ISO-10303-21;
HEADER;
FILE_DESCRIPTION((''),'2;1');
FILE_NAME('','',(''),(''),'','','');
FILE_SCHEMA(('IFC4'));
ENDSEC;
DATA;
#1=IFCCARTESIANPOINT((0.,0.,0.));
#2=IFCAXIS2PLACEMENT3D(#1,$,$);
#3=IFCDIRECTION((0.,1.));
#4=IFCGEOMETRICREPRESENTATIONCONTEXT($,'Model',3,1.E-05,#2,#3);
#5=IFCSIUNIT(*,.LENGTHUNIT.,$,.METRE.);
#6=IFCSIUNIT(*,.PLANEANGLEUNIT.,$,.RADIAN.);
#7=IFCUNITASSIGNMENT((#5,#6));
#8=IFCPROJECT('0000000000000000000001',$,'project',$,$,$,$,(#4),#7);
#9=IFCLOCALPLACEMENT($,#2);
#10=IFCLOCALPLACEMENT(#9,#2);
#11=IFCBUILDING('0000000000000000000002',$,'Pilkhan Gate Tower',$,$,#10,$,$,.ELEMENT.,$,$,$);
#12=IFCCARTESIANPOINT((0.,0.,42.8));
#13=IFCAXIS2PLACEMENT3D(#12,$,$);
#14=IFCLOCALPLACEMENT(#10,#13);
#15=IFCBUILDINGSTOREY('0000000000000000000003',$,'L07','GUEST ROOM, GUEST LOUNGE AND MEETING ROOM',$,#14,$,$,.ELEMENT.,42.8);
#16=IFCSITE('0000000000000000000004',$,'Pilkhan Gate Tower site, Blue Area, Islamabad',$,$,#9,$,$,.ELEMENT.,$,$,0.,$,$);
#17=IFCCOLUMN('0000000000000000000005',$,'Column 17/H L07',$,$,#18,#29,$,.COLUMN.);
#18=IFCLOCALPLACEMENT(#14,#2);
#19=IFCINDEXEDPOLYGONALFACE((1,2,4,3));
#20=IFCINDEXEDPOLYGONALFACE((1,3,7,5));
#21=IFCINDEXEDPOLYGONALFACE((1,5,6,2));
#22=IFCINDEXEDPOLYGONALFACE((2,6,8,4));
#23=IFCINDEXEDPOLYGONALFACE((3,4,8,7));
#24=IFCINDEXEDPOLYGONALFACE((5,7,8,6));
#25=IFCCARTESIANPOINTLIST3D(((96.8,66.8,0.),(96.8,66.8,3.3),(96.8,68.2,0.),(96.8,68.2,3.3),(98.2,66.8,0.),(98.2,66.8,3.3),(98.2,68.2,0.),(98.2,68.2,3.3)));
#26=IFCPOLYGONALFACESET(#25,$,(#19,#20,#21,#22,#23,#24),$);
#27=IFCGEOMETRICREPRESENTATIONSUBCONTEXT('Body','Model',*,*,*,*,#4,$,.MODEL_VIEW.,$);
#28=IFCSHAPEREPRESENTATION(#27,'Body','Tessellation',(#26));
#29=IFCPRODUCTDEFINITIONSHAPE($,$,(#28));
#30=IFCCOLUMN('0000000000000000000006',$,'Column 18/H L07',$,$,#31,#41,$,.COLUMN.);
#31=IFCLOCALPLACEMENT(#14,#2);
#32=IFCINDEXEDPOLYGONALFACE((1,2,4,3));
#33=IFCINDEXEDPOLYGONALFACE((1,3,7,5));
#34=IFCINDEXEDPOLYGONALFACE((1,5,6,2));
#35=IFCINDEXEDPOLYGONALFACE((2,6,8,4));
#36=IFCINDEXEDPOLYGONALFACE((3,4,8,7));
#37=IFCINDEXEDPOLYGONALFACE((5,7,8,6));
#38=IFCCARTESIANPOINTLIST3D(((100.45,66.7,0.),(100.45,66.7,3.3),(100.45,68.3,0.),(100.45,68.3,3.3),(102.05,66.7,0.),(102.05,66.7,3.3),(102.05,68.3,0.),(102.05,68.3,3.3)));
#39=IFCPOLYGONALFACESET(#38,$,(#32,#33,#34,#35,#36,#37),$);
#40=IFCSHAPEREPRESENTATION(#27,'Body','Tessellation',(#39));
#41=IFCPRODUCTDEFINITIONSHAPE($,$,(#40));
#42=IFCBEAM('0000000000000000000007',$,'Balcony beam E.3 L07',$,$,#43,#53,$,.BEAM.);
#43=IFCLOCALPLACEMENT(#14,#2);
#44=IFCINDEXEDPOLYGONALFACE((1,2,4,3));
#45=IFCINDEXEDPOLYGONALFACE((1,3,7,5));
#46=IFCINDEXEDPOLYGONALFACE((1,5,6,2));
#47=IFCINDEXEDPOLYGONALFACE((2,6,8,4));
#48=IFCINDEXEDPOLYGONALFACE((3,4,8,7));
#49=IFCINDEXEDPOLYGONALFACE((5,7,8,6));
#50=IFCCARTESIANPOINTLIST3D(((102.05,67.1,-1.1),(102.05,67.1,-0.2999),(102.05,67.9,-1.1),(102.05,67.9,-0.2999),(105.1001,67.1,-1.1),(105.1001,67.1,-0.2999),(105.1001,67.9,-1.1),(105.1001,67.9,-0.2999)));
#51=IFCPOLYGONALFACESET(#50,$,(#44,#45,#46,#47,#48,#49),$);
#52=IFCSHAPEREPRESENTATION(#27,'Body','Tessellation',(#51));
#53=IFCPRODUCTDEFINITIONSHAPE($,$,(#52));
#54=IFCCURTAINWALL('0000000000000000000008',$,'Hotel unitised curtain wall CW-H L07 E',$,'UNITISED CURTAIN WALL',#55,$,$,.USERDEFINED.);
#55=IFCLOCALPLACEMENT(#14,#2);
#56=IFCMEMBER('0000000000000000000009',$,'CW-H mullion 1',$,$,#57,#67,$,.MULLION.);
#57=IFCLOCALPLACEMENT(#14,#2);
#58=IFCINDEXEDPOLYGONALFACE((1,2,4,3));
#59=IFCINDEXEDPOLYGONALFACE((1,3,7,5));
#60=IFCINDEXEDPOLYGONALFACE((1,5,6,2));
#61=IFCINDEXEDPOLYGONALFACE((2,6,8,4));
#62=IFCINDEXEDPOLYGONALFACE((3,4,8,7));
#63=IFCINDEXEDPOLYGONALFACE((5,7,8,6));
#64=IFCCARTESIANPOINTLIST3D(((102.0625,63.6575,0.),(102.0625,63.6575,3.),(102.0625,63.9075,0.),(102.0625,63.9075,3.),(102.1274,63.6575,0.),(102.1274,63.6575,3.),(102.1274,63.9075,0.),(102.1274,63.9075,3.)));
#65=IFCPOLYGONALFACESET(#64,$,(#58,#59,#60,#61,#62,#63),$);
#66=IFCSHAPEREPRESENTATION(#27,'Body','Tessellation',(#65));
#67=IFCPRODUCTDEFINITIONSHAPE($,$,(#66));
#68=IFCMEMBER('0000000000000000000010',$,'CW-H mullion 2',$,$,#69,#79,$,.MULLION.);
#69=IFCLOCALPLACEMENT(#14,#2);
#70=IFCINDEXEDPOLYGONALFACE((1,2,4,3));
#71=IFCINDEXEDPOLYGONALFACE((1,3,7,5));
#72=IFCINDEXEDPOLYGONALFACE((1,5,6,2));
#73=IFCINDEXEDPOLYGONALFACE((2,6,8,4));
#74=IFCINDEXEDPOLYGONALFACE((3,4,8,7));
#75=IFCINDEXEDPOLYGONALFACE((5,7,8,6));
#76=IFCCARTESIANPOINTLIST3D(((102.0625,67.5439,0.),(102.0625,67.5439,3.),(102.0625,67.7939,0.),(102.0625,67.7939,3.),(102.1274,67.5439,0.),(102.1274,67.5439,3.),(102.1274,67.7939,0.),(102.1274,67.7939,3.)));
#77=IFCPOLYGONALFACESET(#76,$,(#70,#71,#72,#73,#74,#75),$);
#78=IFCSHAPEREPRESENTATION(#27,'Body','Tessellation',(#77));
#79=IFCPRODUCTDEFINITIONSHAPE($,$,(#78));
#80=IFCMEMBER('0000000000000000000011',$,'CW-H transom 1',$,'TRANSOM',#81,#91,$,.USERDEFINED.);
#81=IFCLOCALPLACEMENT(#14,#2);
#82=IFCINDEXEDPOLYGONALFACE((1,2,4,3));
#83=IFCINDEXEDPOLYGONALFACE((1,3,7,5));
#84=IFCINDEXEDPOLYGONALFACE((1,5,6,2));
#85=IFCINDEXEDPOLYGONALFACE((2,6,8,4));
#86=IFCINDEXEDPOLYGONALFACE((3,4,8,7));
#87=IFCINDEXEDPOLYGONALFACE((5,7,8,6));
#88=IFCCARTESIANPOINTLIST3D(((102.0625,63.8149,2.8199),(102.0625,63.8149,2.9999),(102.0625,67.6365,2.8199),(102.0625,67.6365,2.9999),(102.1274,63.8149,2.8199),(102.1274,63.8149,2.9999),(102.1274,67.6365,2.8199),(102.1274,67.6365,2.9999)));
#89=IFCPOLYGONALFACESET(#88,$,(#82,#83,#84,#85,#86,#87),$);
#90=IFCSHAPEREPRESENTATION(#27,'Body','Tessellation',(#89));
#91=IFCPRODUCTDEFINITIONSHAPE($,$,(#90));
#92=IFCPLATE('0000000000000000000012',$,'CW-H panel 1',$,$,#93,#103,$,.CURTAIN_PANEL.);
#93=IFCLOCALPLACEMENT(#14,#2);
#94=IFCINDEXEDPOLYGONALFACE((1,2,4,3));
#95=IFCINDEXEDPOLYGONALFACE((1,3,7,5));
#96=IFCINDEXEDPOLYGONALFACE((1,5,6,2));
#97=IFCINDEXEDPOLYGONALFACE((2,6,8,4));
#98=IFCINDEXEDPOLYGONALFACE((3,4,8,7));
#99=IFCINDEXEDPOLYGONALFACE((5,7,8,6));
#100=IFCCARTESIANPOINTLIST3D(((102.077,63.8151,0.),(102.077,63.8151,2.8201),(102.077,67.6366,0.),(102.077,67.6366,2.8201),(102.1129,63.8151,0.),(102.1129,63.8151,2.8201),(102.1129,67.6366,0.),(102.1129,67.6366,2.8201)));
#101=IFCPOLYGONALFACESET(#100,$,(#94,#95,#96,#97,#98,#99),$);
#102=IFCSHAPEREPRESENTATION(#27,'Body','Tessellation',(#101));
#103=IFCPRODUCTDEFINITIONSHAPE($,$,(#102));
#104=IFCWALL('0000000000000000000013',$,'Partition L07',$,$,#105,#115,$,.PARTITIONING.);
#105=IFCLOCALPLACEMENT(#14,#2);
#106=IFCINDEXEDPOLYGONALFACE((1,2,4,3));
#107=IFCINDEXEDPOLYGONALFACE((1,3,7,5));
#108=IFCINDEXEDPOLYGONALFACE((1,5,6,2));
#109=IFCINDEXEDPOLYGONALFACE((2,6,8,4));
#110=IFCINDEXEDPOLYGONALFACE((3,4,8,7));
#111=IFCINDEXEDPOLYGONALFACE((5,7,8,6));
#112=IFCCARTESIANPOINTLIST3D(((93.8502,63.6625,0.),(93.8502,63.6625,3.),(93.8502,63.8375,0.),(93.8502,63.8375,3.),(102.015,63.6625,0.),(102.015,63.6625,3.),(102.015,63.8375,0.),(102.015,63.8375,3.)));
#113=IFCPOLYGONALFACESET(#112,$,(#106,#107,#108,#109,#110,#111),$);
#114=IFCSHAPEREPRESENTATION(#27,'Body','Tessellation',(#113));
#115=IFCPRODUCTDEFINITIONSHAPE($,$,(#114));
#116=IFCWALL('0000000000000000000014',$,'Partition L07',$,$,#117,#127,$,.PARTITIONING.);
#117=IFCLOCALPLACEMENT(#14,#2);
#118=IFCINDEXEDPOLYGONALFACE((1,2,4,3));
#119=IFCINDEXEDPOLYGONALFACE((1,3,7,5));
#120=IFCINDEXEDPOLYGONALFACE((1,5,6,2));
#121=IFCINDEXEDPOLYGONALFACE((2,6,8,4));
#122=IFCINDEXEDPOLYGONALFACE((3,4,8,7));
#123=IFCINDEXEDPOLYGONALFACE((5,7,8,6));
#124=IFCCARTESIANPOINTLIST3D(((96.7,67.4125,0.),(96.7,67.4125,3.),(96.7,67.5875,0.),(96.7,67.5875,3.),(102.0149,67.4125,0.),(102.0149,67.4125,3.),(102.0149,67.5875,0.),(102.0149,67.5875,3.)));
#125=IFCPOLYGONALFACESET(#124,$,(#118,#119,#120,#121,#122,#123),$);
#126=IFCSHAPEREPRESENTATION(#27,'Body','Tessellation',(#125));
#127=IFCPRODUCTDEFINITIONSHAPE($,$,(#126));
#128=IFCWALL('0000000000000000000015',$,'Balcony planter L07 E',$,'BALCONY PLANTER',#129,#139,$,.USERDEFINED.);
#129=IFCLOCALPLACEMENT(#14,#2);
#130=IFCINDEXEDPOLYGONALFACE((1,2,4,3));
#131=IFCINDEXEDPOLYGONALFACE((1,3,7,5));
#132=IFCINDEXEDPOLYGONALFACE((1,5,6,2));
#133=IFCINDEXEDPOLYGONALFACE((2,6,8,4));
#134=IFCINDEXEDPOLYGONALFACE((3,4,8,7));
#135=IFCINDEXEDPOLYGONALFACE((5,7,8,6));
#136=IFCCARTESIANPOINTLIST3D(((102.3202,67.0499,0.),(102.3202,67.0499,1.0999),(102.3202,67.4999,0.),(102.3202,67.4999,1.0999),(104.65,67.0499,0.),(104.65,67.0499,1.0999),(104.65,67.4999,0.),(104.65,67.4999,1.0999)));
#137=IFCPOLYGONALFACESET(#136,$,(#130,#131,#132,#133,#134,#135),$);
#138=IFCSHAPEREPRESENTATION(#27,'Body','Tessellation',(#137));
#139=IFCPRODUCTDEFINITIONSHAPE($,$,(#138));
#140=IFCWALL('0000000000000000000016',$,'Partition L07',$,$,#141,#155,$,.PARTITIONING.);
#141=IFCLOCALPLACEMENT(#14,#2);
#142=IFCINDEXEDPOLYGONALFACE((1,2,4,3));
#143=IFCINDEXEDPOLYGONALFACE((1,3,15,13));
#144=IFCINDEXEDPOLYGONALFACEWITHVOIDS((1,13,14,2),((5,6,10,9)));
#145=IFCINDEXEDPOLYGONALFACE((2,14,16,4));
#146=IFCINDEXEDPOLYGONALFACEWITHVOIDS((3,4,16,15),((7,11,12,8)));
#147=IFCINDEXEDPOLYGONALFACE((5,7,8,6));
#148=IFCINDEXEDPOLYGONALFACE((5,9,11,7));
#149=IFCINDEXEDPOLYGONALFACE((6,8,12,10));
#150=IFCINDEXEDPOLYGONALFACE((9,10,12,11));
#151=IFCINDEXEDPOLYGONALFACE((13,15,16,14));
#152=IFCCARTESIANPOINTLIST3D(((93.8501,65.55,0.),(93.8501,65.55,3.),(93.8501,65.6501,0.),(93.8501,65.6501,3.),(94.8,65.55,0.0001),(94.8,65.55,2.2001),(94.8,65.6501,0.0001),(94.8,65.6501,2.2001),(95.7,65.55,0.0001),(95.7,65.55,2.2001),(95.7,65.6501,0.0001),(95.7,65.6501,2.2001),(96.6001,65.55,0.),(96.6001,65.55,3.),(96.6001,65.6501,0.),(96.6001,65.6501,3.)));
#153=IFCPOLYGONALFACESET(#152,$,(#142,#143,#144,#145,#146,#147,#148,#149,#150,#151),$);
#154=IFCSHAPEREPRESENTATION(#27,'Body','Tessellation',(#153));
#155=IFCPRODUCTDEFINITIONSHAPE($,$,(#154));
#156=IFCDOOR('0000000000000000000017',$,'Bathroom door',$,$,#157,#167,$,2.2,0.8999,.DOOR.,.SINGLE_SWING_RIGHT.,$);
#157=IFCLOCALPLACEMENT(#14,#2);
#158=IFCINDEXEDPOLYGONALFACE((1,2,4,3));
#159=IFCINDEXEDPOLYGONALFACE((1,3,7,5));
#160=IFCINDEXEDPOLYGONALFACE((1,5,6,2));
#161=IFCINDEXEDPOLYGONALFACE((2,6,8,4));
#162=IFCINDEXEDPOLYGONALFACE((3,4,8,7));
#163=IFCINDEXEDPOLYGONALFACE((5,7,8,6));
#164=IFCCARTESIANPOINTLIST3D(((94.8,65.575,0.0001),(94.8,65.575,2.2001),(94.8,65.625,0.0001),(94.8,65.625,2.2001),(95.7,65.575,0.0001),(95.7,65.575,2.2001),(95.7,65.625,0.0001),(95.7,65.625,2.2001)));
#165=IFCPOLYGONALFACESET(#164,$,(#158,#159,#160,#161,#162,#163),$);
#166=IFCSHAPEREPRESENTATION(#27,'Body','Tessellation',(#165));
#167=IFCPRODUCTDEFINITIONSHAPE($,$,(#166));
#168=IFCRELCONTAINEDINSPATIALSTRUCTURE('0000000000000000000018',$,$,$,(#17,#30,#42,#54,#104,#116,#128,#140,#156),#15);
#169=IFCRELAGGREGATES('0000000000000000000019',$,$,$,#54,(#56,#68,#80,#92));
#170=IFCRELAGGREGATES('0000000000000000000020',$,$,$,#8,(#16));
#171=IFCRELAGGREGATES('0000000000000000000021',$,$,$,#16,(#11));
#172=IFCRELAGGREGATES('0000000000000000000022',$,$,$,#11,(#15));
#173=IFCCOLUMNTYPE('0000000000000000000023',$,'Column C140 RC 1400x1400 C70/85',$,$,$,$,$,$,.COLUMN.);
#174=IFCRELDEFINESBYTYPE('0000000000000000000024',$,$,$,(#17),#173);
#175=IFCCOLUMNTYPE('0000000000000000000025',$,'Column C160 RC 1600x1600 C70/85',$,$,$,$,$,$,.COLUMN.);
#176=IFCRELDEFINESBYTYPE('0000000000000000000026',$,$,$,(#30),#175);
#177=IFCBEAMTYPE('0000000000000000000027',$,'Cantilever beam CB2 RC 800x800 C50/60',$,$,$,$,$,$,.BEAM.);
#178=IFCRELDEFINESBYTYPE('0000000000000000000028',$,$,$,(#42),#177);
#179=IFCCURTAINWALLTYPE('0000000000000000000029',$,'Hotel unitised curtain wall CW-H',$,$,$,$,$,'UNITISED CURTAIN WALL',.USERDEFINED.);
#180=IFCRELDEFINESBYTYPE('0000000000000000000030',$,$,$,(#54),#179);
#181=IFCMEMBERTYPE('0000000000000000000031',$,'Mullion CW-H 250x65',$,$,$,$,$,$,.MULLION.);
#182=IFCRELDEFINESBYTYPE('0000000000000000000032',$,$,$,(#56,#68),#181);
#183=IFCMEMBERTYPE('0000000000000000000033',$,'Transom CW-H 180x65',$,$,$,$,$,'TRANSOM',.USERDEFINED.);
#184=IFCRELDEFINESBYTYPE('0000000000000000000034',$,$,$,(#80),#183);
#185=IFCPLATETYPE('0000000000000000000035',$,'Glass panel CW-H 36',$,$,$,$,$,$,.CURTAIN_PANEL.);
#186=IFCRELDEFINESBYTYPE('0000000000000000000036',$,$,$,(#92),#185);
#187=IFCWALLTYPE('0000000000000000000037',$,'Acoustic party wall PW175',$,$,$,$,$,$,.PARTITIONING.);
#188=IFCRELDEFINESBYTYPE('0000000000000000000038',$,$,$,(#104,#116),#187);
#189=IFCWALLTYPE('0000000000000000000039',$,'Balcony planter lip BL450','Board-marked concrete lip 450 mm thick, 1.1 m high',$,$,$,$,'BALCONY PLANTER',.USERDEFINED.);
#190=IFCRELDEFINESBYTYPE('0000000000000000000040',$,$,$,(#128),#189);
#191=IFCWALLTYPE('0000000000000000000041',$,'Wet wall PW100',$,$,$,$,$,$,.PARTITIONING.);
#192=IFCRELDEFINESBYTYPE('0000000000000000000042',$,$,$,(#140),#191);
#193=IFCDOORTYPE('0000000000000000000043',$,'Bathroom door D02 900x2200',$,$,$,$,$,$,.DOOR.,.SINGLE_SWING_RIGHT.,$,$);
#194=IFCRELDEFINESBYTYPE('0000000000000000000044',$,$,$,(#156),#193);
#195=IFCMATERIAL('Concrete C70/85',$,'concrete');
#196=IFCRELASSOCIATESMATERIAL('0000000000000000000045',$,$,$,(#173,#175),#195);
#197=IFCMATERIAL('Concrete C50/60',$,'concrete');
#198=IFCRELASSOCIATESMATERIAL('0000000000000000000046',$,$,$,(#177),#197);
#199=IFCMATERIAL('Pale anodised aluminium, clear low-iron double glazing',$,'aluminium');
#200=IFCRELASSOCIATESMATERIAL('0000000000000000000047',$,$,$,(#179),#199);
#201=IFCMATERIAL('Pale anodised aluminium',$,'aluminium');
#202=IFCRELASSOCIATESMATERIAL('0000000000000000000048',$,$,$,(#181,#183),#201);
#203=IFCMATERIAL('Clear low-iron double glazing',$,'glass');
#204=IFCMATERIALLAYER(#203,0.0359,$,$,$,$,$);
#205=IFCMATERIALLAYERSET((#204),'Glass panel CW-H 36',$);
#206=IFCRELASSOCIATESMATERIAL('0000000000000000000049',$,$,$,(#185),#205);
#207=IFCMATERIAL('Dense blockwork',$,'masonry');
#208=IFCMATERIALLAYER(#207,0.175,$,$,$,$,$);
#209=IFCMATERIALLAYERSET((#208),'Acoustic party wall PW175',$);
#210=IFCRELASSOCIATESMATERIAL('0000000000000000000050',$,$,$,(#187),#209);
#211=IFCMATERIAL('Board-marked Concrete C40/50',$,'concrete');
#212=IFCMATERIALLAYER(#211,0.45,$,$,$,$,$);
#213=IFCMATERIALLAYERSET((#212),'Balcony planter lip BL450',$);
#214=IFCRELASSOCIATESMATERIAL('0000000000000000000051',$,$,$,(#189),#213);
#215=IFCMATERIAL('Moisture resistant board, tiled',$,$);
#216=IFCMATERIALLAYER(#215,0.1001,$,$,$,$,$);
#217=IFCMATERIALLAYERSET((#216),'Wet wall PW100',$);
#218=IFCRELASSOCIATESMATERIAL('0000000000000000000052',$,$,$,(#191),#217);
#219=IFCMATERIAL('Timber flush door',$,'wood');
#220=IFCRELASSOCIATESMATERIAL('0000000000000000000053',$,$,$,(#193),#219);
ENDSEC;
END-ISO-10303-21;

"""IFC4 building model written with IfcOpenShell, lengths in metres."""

from ifc_helpers import new_model, si_unit, direction, frame, frame_2d, origin, origin_2d, place, context, subcontext, project, spatial, rectangle, extrude, material, layer, layer_set, material_profile, profile_set, type_object, element, fill, aggregate, save


model = new_model("IFC4")

# Units and contexts
model_context = context("Model", 3, precision=1e-05, world=origin(), true_north=direction((0.0, 1.0)))
body_context = subcontext(model_context, "Body", "Model", "MODEL_VIEW")
ifc_project = project(units=[si_unit("LENGTHUNIT", "METRE"), si_unit("PLANEANGLEUNIT", "RADIAN")], contexts=[model_context])

# Site, building, storey
site_placement = place(None, origin())
site = spatial("IfcSite", under=ifc_project, at=site_placement, Name="Pilkhan Gate Tower site, Blue Area, Islamabad", CompositionType="ELEMENT", RefElevation=0.0)
building_placement = place(site_placement, origin())
building = spatial("IfcBuilding", under=site, at=building_placement, Name="Pilkhan Gate Tower", CompositionType="ELEMENT")
storey_placement = place(building_placement, frame((0.0, 0.0, 42.8)))
storey = spatial("IfcBuildingStorey", under=building, at=storey_placement, Name="L07", Description="GUEST ROOM, GUEST LOUNGE AND MEETING ROOM", CompositionType="ELEMENT", Elevation=42.8)

# Columns
ifc_material_1 = material(Name="Concrete C70/85", Category="concrete")
ifc_material_profile_1 = material_profile(ifc_material_1, rectangle(XDim=1.3999, YDim=1.3999, at=origin_2d()), Name="RC 1400x1400")
ifc_profile_set_1 = profile_set([ifc_material_profile_1], Name="Concrete C70/85")
column_type_1 = type_object("IfcColumnType", Name="Column C140 RC 1400x1400 C70/85", PredefinedType="COLUMN", material=ifc_profile_set_1)
column_1_placement = place(storey_placement, frame((97.5, 67.5, 0.0), z_axis=(0.0, 0.0, 1.0), x_axis=(1.0, 0.0, 0.0)))
element("IfcColumn", 1, at=column_1_placement, inside=storey, type_object=column_type_1, Name="Column 17/H L07", PredefinedType="COLUMN", context=body_context, shape_type="SweptSolid", body=[
    extrude(rectangle(XDim=1.3999, YDim=1.3999, at=origin_2d()), origin(), (0.0, 0.0, 1.0), 3.3),
])
ifc_material_profile_2 = material_profile(ifc_material_1, rectangle(XDim=1.6001, YDim=1.6001, at=origin_2d()), Name="RC 1600x1600")
ifc_profile_set_2 = profile_set([ifc_material_profile_2], Name="Concrete C70/85")
column_type_2 = type_object("IfcColumnType", Name="Column C160 RC 1600x1600 C70/85", PredefinedType="COLUMN", material=ifc_profile_set_2)
column_2_placement = place(storey_placement, frame((101.25, 67.5, 0.0), z_axis=(0.0, 0.0, 1.0), x_axis=(1.0, 0.0, 0.0)))
element("IfcColumn", 2, at=column_2_placement, inside=storey, type_object=column_type_2, Name="Column 18/H L07", PredefinedType="COLUMN", context=body_context, shape_type="SweptSolid", body=[
    extrude(rectangle(XDim=1.6001, YDim=1.6001, at=origin_2d()), origin(), (0.0, 0.0, 1.0), 3.3),
])

# Beam
ifc_material_2 = material(Name="Concrete C50/60", Category="concrete")
ifc_material_profile_3 = material_profile(ifc_material_2, rectangle(XDim=0.8, YDim=0.8, at=origin_2d()), Name="RC 800x800")
ifc_profile_set_3 = profile_set([ifc_material_profile_3], Name="Concrete C50/60")
beam_type = type_object("IfcBeamType", Name="Cantilever beam CB2 RC 800x800 C50/60", PredefinedType="BEAM", material=ifc_profile_set_3)
beam_placement = place(storey_placement, frame((102.05, 67.5, -0.7), z_axis=(1.0, 0.0, 0.0), x_axis=(0.0, 1.0, 0.0)))
element("IfcBeam", 3, at=beam_placement, inside=storey, type_object=beam_type, Name="Balcony beam E.3 L07", PredefinedType="BEAM", context=body_context, shape_type="SweptSolid", body=[
    extrude(rectangle(XDim=0.8, YDim=0.8, at=origin_2d()), origin(), (0.0, 0.0, 1.0), 3.05),
])

# Curtain wall, members, plate
ifc_material_3 = material(Name="Pale anodised aluminium, clear low-iron double glazing", Category="aluminium")
curtain_wall_type = type_object("IfcCurtainWallType", Name="Hotel unitised curtain wall CW-H", ElementType="UNITISED CURTAIN WALL", PredefinedType="USERDEFINED", material=ifc_material_3)
curtain_wall_placement = place(storey_placement, origin())
curtain_wall = element("IfcCurtainWall", 4, at=curtain_wall_placement, inside=storey, type_object=curtain_wall_type, Name="Hotel unitised curtain wall CW-H L07 E", ObjectType="UNITISED CURTAIN WALL", PredefinedType="USERDEFINED")
ifc_material_4 = material(Name="Pale anodised aluminium", Category="aluminium")
ifc_material_profile_4 = material_profile(ifc_material_4, rectangle(XDim=0.0649, YDim=0.25, at=origin_2d()), Name="Mullion 250x65")
ifc_profile_set_4 = profile_set([ifc_material_profile_4], Name="Pale anodised aluminium")
member_type_1 = type_object("IfcMemberType", Name="Mullion CW-H 250x65", PredefinedType="MULLION", material=ifc_profile_set_4)
member_1_placement = place(storey_placement, frame((102.095, 63.7825, 0.0), z_axis=(0.0, 0.0, 1.0), x_axis=(-1.0, 0.0, 0.0)))
member_1 = element("IfcMember", 5, at=member_1_placement, type_object=member_type_1, Name="CW-H mullion 1", PredefinedType="MULLION", context=body_context, shape_type="SweptSolid", body=[
    extrude(rectangle(XDim=0.0649, YDim=0.25, at=origin_2d()), origin(), (0.0, 0.0, 1.0), 3.0),
])
member_2_placement = place(storey_placement, frame((102.095, 67.6689, 0.0), z_axis=(0.0, 0.0, 1.0), x_axis=(-1.0, 0.0, 0.0)))
member_2 = element("IfcMember", 6, at=member_2_placement, type_object=member_type_1, Name="CW-H mullion 2", PredefinedType="MULLION", context=body_context, shape_type="SweptSolid", body=[
    extrude(rectangle(XDim=0.0649, YDim=0.25, at=origin_2d()), origin(), (0.0, 0.0, 1.0), 3.0),
])
ifc_material_profile_5 = material_profile(ifc_material_4, rectangle(XDim=0.0649, YDim=0.1799, at=origin_2d()), Name="Transom 180x65")
ifc_profile_set_5 = profile_set([ifc_material_profile_5], Name="Pale anodised aluminium")
member_type_2 = type_object("IfcMemberType", Name="Transom CW-H 180x65", ElementType="TRANSOM", PredefinedType="USERDEFINED", material=ifc_profile_set_5)
member_3_placement = place(storey_placement, frame((102.095, 63.8149, 2.9099), z_axis=(0.0, 1.0, 0.0), x_axis=(-1.0, 0.0, 0.0)))
member_3 = element("IfcMember", 7, at=member_3_placement, type_object=member_type_2, Name="CW-H transom 1", ObjectType="TRANSOM", PredefinedType="USERDEFINED", context=body_context, shape_type="SweptSolid", body=[
    extrude(rectangle(XDim=0.0649, YDim=0.1799, at=origin_2d()), origin(), (0.0, 0.0, 1.0), 3.8215),
])
ifc_material_5 = material(Name="Clear low-iron double glazing", Category="glass")
ifc_layer_1 = layer(ifc_material_5, 0.0359)
ifc_layer_set_1 = layer_set([ifc_layer_1], Name="Glass panel CW-H 36")
plate_type = type_object("IfcPlateType", Name="Glass panel CW-H 36", PredefinedType="CURTAIN_PANEL", material=ifc_layer_set_1)
plate_placement = place(storey_placement, frame((102.095, 65.7258, 0.0), z_axis=(0.0, 0.0, 1.0), x_axis=(0.0, 1.0, 0.0)))
plate = element("IfcPlate", 8, at=plate_placement, type_object=plate_type, Name="CW-H panel 1", PredefinedType="CURTAIN_PANEL", context=body_context, shape_type="SweptSolid", body=[
    extrude(rectangle(XDim=3.8215, YDim=0.0359, at=origin_2d()), origin(), (0.0, 0.0, 1.0), 2.8201),
])
aggregate(curtain_wall, [member_1, member_2, member_3, plate])

# Walls
ifc_material_6 = material(Name="Dense blockwork", Category="masonry")
ifc_layer_2 = layer(ifc_material_6, 0.175)
ifc_layer_set_2 = layer_set([ifc_layer_2], Name="Acoustic party wall PW175")
wall_type_1 = type_object("IfcWallType", Name="Acoustic party wall PW175", PredefinedType="PARTITIONING", material=ifc_layer_set_2)
wall_1_placement = place(storey_placement, frame((93.8501, 63.75, 0.0), z_axis=(0.0, 0.0, 1.0), x_axis=(1.0, 0.0, 0.0)))
element("IfcWall", 9, at=wall_1_placement, inside=storey, type_object=wall_type_1, Name="Partition L07", PredefinedType="PARTITIONING", context=body_context, shape_type="SweptSolid", body=[
    extrude(rectangle(XDim=8.1648, YDim=0.175, at=frame_2d((4.0825, 0.0))), origin(), (0.0, 0.0, 1.0), 3.0),
])
wall_2_placement = place(storey_placement, frame((96.7, 67.5, 0.0), z_axis=(0.0, 0.0, 1.0), x_axis=(1.0, 0.0, 0.0)))
element("IfcWall", 10, at=wall_2_placement, inside=storey, type_object=wall_type_1, Name="Partition L07", PredefinedType="PARTITIONING", context=body_context, shape_type="SweptSolid", body=[
    extrude(rectangle(XDim=5.3149, YDim=0.175, at=frame_2d((2.6575, 0.0))), origin(), (0.0, 0.0, 1.0), 3.0),
])
ifc_material_7 = material(Name="Board-marked Concrete C40/50", Category="concrete")
ifc_layer_3 = layer(ifc_material_7, 0.45)
ifc_layer_set_3 = layer_set([ifc_layer_3], Name="Balcony planter lip BL450")
wall_type_2 = type_object("IfcWallType", Name="Balcony planter lip BL450", Description="Board-marked concrete lip 450 mm thick, 1.1 m high", ElementType="BALCONY PLANTER", PredefinedType="USERDEFINED", material=ifc_layer_set_3)
wall_3_placement = place(storey_placement, frame((102.3201, 67.2749, 0.0), z_axis=(0.0, 0.0, 1.0), x_axis=(1.0, 0.0, 0.0)))
element("IfcWall", 11, at=wall_3_placement, inside=storey, type_object=wall_type_2, Name="Balcony planter L07 E", ObjectType="BALCONY PLANTER", PredefinedType="USERDEFINED", context=body_context, shape_type="SweptSolid", body=[
    extrude(rectangle(XDim=2.3298, YDim=0.45, at=frame_2d((1.165, 0.0))), origin(), (0.0, 0.0, 1.0), 1.0999),
])

# Wall, opening, door
ifc_material_8 = material(Name="Moisture resistant board, tiled")
ifc_layer_4 = layer(ifc_material_8, 0.1001)
ifc_layer_set_4 = layer_set([ifc_layer_4], Name="Wet wall PW100")
wall_type_3 = type_object("IfcWallType", Name="Wet wall PW100", PredefinedType="PARTITIONING", material=ifc_layer_set_4)
wall_4_placement = place(storey_placement, frame((93.8501, 65.6001, 0.0), z_axis=(0.0, 0.0, 1.0), x_axis=(1.0, 0.0, 0.0)))
wall_4 = element("IfcWall", 12, at=wall_4_placement, inside=storey, type_object=wall_type_3, Name="Partition L07", PredefinedType="PARTITIONING", context=body_context, shape_type="SweptSolid", body=[
    extrude(rectangle(XDim=2.75, YDim=0.1001, at=frame_2d((1.375, 0.0))), origin(), (0.0, 0.0, 1.0), 3.0),
])
opening_placement = place(wall_4_placement, frame((0.95, 0.0, 0.0)))
opening = element("IfcOpeningElement", 13, at=opening_placement, cuts=wall_4, PredefinedType="OPENING", context=body_context, shape_type="SweptSolid", body=[
    extrude(rectangle(XDim=0.8999, YDim=2.2, at=frame_2d((0.45, 1.1001))), frame((0.0, 0.0601, 0.0), z_axis=(0.0, -1.0, 0.0), x_axis=(1.0, 0.0, 0.0)), (0.0, 0.0, 1.0), 0.1201),
])
ifc_material_9 = material(Name="Timber flush door", Category="wood")
door_type = type_object("IfcDoorType", Name="Bathroom door D02 900x2200", OperationType="SINGLE_SWING_RIGHT", PredefinedType="DOOR", material=ifc_material_9)
door_placement = place(opening_placement, origin())
door = element("IfcDoor", 14, at=door_placement, inside=storey, type_object=door_type, Name="Bathroom door", OperationType="SINGLE_SWING_RIGHT", OverallHeight=2.2, OverallWidth=0.8999, PredefinedType="DOOR", context=body_context, shape_type="SweptSolid", body=[
    extrude(rectangle(XDim=0.8999, YDim=2.2, at=frame_2d((0.45, 1.1001))), frame((0.0, 0.0249, 0.0), z_axis=(0.0, -1.0, 0.0), x_axis=(1.0, 0.0, 0.0)), (0.0, 0.0, 1.0), 0.05),
])
fill(opening, door)

save(model, "model.ifc")
